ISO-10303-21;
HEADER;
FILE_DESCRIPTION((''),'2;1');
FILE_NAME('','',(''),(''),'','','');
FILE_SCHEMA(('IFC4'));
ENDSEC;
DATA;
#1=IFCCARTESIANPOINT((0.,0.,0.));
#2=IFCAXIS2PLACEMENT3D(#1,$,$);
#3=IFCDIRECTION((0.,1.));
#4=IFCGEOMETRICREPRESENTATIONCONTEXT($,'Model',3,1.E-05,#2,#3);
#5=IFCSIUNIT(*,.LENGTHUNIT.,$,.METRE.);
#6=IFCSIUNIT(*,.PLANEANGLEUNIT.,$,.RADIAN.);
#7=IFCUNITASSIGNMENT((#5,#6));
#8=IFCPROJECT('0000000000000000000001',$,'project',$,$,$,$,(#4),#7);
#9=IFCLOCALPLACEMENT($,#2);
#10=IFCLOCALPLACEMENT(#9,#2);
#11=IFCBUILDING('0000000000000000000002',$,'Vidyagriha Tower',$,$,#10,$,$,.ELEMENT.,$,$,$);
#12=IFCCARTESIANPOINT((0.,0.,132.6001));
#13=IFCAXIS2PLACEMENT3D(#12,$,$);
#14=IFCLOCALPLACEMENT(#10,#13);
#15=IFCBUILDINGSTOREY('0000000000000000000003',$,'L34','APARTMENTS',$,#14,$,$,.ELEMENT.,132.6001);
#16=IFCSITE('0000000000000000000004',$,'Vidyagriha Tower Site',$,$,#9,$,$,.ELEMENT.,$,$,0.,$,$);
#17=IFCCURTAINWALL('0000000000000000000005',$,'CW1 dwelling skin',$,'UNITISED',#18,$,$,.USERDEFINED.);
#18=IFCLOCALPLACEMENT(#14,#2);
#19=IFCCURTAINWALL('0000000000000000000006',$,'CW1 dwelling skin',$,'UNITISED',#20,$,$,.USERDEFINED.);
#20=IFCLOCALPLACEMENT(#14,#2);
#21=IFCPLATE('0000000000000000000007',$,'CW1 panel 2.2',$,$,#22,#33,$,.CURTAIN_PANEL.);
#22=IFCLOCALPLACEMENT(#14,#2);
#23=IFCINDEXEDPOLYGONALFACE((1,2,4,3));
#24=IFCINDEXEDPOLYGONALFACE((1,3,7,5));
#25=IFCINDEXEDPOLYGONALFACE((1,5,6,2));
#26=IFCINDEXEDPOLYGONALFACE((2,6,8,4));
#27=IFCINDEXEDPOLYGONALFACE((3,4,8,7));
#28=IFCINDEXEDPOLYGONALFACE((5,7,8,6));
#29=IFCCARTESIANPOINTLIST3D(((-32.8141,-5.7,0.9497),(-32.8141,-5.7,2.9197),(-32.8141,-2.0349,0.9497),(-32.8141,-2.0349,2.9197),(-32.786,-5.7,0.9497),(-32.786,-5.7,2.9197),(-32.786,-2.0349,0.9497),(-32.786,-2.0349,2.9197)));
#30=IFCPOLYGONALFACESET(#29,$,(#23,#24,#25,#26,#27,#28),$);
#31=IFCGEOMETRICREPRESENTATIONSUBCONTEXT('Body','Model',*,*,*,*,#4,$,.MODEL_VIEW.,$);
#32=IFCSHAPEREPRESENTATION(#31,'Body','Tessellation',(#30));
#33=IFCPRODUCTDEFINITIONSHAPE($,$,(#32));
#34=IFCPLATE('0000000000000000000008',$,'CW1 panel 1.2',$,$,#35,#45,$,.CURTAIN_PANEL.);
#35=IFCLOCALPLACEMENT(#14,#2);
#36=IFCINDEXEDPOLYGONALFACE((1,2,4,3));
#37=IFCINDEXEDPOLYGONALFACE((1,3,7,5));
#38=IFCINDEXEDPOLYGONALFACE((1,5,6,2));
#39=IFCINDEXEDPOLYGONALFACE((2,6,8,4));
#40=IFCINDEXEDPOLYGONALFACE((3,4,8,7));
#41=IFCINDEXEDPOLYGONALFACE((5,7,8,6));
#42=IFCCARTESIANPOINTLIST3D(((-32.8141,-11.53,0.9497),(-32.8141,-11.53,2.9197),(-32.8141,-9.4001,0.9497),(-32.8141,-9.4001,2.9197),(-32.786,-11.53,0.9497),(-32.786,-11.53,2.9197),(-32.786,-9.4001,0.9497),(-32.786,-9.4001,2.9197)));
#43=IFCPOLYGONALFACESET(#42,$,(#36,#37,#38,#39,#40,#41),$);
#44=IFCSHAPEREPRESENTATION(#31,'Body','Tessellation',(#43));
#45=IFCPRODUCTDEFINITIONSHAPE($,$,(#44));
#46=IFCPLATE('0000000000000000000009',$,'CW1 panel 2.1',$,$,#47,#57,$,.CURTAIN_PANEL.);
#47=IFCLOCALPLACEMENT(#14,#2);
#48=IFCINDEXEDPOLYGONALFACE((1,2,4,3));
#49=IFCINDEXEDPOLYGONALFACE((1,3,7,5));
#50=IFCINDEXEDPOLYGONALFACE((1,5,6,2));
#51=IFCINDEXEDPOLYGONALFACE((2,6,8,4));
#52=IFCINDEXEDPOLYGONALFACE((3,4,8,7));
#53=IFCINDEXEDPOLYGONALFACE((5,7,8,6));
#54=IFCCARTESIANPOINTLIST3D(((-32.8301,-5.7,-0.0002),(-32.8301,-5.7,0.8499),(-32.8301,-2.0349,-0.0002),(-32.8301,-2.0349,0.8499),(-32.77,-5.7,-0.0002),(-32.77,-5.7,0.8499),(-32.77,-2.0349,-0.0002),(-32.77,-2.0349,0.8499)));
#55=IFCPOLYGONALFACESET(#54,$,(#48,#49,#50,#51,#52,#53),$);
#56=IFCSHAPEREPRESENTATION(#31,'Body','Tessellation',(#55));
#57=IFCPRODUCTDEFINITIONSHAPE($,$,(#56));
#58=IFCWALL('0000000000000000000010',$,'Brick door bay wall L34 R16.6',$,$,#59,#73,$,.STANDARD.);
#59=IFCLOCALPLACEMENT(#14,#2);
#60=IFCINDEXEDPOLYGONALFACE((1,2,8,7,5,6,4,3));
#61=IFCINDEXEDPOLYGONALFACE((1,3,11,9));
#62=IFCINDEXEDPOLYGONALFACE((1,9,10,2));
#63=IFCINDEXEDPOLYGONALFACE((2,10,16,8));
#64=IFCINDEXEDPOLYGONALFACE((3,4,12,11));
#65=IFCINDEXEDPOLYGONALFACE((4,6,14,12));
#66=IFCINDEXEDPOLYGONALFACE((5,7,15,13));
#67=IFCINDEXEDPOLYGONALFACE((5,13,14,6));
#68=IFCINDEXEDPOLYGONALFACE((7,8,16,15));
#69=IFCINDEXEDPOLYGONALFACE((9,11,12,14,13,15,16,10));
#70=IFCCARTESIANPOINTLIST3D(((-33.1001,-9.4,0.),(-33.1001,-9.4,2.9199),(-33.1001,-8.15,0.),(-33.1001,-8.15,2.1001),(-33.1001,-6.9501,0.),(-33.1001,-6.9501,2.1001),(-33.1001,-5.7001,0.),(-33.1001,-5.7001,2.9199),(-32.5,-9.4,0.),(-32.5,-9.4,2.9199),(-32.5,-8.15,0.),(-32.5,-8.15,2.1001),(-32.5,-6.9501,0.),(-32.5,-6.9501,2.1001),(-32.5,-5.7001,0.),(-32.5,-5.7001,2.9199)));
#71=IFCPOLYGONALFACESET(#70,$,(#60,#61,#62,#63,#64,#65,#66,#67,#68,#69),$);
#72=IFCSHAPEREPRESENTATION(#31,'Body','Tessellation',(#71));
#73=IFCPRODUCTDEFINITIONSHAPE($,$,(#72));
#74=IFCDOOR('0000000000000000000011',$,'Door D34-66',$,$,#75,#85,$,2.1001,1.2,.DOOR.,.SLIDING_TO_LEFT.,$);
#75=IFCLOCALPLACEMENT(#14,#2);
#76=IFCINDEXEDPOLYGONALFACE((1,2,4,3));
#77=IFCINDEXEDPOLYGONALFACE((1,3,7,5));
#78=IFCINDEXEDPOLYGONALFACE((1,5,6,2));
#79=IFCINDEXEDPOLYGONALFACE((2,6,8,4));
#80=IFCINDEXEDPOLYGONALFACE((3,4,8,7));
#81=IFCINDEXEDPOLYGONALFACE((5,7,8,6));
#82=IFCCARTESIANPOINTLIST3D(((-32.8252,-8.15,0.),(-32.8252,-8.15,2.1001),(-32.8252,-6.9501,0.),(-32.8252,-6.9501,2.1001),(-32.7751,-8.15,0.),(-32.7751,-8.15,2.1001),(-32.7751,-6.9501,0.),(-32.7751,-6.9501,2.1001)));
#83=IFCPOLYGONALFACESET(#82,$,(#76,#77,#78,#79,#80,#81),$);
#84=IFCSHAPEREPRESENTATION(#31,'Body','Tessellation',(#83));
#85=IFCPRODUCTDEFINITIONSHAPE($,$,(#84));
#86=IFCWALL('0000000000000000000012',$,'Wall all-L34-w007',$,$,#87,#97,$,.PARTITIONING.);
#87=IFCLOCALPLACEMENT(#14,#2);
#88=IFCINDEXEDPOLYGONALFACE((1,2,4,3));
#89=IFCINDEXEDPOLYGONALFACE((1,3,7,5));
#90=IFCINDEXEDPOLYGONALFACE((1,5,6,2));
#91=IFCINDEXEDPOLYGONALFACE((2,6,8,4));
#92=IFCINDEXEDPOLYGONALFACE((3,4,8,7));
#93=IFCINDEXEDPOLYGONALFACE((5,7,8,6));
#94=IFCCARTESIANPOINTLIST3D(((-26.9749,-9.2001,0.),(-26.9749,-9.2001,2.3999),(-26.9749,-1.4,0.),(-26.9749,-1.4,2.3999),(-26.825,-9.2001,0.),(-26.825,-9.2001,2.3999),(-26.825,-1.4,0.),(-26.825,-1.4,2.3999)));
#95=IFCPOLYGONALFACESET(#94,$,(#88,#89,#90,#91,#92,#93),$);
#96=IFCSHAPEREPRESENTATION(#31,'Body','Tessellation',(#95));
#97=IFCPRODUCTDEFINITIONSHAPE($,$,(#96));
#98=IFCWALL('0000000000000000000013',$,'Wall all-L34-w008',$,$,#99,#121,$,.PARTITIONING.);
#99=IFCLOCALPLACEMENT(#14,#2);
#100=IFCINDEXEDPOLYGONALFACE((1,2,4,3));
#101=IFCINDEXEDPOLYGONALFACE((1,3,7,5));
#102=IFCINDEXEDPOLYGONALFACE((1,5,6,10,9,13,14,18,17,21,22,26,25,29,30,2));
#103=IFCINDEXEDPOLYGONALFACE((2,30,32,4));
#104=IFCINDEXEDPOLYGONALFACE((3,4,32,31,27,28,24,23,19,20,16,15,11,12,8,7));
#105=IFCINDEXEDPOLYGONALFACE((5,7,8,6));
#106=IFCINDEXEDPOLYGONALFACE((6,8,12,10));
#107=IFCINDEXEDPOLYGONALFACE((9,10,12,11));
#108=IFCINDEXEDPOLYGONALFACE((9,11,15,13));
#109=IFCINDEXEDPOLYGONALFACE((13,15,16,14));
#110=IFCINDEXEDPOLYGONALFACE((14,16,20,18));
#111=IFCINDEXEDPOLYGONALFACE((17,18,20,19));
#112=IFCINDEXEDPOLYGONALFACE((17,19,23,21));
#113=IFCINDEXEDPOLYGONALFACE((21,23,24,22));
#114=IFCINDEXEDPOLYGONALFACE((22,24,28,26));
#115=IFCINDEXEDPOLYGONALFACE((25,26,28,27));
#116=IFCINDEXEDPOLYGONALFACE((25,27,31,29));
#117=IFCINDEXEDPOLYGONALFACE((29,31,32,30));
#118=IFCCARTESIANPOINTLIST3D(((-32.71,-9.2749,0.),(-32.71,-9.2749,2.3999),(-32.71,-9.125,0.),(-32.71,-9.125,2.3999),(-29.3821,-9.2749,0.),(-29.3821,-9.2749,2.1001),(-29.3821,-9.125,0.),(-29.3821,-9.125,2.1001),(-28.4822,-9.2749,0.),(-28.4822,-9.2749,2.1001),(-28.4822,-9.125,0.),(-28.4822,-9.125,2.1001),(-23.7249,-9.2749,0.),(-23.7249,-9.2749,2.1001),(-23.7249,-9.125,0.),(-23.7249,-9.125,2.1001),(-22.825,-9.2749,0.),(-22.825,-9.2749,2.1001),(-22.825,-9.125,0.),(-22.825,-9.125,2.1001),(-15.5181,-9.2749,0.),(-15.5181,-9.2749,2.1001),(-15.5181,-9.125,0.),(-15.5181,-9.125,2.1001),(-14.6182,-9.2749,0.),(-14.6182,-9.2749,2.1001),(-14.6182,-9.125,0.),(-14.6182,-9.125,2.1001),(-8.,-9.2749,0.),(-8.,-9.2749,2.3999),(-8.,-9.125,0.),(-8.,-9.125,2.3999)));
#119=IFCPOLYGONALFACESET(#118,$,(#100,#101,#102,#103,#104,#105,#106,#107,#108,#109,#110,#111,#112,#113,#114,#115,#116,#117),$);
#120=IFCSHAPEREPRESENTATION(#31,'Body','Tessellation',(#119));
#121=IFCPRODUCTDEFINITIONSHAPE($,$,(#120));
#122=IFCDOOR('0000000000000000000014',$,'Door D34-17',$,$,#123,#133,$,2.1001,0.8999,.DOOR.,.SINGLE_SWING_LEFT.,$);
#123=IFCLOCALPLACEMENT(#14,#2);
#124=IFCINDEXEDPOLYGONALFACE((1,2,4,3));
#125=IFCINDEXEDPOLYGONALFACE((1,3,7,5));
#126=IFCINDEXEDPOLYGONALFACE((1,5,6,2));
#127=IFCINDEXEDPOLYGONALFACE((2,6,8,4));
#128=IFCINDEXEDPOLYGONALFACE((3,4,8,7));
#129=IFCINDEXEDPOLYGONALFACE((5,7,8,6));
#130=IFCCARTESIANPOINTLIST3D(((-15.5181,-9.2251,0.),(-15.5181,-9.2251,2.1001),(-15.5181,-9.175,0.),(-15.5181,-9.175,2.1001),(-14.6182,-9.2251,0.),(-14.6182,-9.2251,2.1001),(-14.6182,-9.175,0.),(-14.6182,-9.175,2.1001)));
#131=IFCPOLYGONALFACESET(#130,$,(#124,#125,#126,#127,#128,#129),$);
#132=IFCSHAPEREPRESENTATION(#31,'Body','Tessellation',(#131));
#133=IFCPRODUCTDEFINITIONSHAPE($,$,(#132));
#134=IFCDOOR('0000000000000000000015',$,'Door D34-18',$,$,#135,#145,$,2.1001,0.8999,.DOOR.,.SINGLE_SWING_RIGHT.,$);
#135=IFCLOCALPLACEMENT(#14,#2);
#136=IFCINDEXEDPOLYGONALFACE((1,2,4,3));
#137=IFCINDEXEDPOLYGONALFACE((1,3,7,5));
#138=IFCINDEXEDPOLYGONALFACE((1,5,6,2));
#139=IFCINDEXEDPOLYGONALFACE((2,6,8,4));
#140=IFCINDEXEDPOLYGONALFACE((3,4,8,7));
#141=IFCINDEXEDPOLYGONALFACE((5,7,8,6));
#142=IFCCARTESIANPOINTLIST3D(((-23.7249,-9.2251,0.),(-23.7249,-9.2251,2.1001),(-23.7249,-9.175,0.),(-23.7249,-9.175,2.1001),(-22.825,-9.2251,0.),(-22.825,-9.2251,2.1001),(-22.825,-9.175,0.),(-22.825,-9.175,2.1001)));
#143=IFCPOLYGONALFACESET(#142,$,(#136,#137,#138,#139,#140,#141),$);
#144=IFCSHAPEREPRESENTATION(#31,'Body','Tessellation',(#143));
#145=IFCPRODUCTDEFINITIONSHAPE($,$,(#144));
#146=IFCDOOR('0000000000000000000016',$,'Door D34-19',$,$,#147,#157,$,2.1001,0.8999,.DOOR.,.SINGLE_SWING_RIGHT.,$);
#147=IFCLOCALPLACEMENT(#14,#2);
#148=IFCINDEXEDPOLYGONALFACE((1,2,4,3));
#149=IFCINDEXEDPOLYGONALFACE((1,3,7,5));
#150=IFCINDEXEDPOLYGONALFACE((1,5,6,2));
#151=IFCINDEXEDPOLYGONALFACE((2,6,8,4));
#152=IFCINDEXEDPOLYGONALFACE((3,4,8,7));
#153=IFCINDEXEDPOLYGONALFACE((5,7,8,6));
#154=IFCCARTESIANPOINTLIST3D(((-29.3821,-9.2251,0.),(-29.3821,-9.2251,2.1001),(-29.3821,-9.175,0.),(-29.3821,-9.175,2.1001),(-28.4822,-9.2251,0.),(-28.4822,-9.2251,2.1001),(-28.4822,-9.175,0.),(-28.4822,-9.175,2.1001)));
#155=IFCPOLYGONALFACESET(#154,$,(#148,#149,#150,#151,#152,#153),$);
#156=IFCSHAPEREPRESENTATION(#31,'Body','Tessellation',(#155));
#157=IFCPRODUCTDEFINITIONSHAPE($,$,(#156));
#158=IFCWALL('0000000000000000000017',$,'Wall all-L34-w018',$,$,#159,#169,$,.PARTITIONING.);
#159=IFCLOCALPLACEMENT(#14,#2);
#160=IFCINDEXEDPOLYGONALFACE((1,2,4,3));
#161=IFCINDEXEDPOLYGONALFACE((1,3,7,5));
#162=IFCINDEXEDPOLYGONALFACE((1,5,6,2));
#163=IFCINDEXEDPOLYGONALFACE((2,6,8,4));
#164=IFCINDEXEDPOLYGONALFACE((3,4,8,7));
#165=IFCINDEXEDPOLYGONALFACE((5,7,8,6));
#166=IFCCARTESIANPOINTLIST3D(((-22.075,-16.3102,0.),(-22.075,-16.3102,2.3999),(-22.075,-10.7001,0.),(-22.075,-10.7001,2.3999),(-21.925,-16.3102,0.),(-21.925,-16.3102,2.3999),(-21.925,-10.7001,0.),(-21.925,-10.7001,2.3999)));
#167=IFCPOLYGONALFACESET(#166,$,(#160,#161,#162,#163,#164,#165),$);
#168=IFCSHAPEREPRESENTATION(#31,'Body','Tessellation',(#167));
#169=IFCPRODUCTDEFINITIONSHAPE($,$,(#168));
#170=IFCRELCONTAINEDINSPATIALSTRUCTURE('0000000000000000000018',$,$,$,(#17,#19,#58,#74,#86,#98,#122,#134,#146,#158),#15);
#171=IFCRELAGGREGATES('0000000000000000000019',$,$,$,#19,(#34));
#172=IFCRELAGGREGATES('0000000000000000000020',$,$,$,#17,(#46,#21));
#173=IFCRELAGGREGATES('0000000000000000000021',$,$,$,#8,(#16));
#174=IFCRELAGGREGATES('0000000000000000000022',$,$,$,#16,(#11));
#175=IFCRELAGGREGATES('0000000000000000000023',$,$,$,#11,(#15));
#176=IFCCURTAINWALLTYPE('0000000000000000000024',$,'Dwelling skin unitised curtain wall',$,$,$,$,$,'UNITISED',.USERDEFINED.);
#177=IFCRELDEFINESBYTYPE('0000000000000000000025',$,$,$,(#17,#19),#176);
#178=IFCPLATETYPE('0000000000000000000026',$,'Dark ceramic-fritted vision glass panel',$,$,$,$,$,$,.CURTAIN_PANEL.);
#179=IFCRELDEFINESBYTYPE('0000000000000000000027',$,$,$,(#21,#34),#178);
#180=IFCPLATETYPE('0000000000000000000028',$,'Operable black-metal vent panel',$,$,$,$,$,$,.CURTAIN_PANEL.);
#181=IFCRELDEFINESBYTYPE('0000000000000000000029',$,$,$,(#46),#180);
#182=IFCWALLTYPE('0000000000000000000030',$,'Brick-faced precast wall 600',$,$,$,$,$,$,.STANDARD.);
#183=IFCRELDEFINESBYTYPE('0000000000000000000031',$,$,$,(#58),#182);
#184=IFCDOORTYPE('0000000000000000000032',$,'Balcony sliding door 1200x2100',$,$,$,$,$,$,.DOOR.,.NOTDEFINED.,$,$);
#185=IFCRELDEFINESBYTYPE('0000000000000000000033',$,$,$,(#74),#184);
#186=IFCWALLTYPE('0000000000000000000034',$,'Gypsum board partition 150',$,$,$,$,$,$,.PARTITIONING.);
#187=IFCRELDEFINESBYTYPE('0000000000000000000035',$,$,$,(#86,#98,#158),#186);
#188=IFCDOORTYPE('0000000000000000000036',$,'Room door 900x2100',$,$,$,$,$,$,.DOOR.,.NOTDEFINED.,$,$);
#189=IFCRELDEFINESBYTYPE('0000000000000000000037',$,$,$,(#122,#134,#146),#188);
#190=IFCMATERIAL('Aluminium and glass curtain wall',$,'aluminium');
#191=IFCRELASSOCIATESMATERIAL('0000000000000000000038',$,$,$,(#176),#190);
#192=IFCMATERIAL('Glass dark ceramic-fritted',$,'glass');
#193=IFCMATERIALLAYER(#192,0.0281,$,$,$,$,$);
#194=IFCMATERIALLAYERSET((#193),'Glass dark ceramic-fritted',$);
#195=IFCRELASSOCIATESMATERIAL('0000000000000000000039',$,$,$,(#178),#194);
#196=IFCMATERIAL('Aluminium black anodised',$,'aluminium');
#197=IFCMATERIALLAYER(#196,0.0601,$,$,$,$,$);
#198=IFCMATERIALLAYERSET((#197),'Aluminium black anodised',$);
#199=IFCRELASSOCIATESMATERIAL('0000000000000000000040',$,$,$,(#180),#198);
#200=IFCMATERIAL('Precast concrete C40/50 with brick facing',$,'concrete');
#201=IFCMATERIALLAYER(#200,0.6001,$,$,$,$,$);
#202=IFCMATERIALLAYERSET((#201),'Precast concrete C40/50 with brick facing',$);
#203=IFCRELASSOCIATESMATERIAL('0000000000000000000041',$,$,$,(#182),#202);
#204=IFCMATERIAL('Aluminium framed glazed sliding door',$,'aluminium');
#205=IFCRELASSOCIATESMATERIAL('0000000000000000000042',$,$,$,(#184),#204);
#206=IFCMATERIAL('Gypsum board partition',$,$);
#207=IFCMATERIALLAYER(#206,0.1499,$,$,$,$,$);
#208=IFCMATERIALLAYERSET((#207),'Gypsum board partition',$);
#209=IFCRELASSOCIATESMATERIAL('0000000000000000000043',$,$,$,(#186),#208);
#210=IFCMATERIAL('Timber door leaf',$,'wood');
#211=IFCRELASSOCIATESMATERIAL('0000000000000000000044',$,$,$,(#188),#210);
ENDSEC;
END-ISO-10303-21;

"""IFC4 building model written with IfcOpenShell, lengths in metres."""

from ifc_helpers import new_model, si_unit, direction, frame, frame_2d, origin, origin_2d, place, context, subcontext, project, spatial, rectangle, extrude, material, layer, layer_set, type_object, element, fill, aggregate, save


model = new_model("IFC4")

# Units and contexts
model_context = context("Model", 3, precision=1e-05, world=origin(), true_north=direction((0.0, 1.0)))
body_context = subcontext(model_context, "Body", "Model", "MODEL_VIEW")
ifc_project = project(units=[si_unit("LENGTHUNIT", "METRE"), si_unit("PLANEANGLEUNIT", "RADIAN")], contexts=[model_context])

# Site, building, storey
site_placement = place(None, origin())
site = spatial("IfcSite", under=ifc_project, at=site_placement, Name="Vidyagriha Tower Site", CompositionType="ELEMENT", RefElevation=0.0)
building_placement = place(site_placement, origin())
building = spatial("IfcBuilding", under=site, at=building_placement, Name="Vidyagriha Tower", CompositionType="ELEMENT")
storey_placement = place(building_placement, frame((0.0, 0.0, 132.6001)))
storey = spatial("IfcBuildingStorey", under=building, at=storey_placement, Name="L34", Description="APARTMENTS", CompositionType="ELEMENT", Elevation=132.6001)

# Curtain walls
ifc_material_1 = material(Name="Aluminium and glass curtain wall", Category="aluminium")
curtain_wall_type = type_object("IfcCurtainWallType", Name="Dwelling skin unitised curtain wall", ElementType="UNITISED", PredefinedType="USERDEFINED", material=ifc_material_1)
curtain_wall_1_placement = place(storey_placement, origin())
curtain_wall_1 = element("IfcCurtainWall", 1, at=curtain_wall_1_placement, inside=storey, type_object=curtain_wall_type, Name="CW1 dwelling skin", ObjectType="UNITISED", PredefinedType="USERDEFINED")
curtain_wall_2_placement = place(storey_placement, origin())
curtain_wall_2 = element("IfcCurtainWall", 2, at=curtain_wall_2_placement, inside=storey, type_object=curtain_wall_type, Name="CW1 dwelling skin", ObjectType="UNITISED", PredefinedType="USERDEFINED")

# Plates
ifc_material_2 = material(Name="Glass dark ceramic-fritted", Category="glass")
ifc_layer_1 = layer(ifc_material_2, 0.0281)
ifc_layer_set_1 = layer_set([ifc_layer_1], Name="Glass dark ceramic-fritted")
plate_type_1 = type_object("IfcPlateType", Name="Dark ceramic-fritted vision glass panel", PredefinedType="CURTAIN_PANEL", material=ifc_layer_set_1)
plate_1_placement = place(storey_placement, frame((-32.8, -3.8674, 0.9497), z_axis=(0.0, 0.0, 1.0), x_axis=(0.0, -1.0, 0.0)))
plate_1 = element("IfcPlate", 3, at=plate_1_placement, type_object=plate_type_1, Name="CW1 panel 2.2", PredefinedType="CURTAIN_PANEL", context=body_context, shape_type="SweptSolid", body=[
    extrude(rectangle(XDim=3.665, YDim=0.0281, at=origin_2d()), origin(), (0.0, 0.0, 1.0), 1.97),
])
plate_2_placement = place(storey_placement, frame((-32.8, -10.4651, 0.9497), z_axis=(0.0, 0.0, 1.0), x_axis=(0.0, -1.0, 0.0)))
plate_2 = element("IfcPlate", 4, at=plate_2_placement, type_object=plate_type_1, Name="CW1 panel 1.2", PredefinedType="CURTAIN_PANEL", context=body_context, shape_type="SweptSolid", body=[
    extrude(rectangle(XDim=2.1299, YDim=0.0281, at=origin_2d()), origin(), (0.0, 0.0, 1.0), 1.97),
])
aggregate(curtain_wall_2, [plate_2])
ifc_material_3 = material(Name="Aluminium black anodised", Category="aluminium")
ifc_layer_2 = layer(ifc_material_3, 0.0601)
ifc_layer_set_2 = layer_set([ifc_layer_2], Name="Aluminium black anodised")
plate_type_2 = type_object("IfcPlateType", Name="Operable black-metal vent panel", PredefinedType="CURTAIN_PANEL", material=ifc_layer_set_2)
plate_3_placement = place(storey_placement, frame((-32.8, -3.8674, -0.0002), z_axis=(0.0, 0.0, 1.0), x_axis=(0.0, -1.0, 0.0)))
plate_3 = element("IfcPlate", 5, at=plate_3_placement, type_object=plate_type_2, Name="CW1 panel 2.1", PredefinedType="CURTAIN_PANEL", context=body_context, shape_type="SweptSolid", body=[
    extrude(rectangle(XDim=3.665, YDim=0.0601, at=origin_2d()), origin(), (0.0, 0.0, 1.0), 0.8501),
])
aggregate(curtain_wall_1, [plate_3, plate_1])

# Wall, opening, door
ifc_material_4 = material(Name="Precast concrete C40/50 with brick facing", Category="concrete")
ifc_layer_3 = layer(ifc_material_4, 0.6001)
ifc_layer_set_3 = layer_set([ifc_layer_3], Name="Precast concrete C40/50 with brick facing")
wall_type_1 = type_object("IfcWallType", Name="Brick-faced precast wall 600", PredefinedType="STANDARD", material=ifc_layer_set_3)
wall_1_placement = place(storey_placement, frame((-32.8, -5.7, 0.0), z_axis=(0.0, 0.0, 1.0), x_axis=(0.0, -1.0, 0.0)))
wall_1 = element("IfcWall", 6, at=wall_1_placement, inside=storey, type_object=wall_type_1, Name="Brick door bay wall L34 R16.6", PredefinedType="STANDARD", context=body_context, shape_type="SweptSolid", body=[
    extrude(rectangle(XDim=3.7, YDim=0.6001, at=frame_2d((1.8501, 0.0))), origin(), (0.0, 0.0, 1.0), 2.9199),
])
opening_1_placement = place(wall_1_placement, frame((1.25, 0.0, 0.0)))
opening_1 = element("IfcOpeningElement", 7, at=opening_1_placement, cuts=wall_1, PredefinedType="OPENING", context=body_context, shape_type="SweptSolid", body=[
    extrude(rectangle(XDim=1.2, YDim=2.1001, at=frame_2d((0.6001, 1.05))), frame((0.0, 0.3101, 0.0), z_axis=(0.0, -1.0, 0.0), x_axis=(1.0, 0.0, 0.0)), (0.0, 0.0, 1.0), 0.6201),
])
ifc_material_5 = material(Name="Aluminium framed glazed sliding door", Category="aluminium")
door_type_1 = type_object("IfcDoorType", Name="Balcony sliding door 1200x2100", OperationType="NOTDEFINED", PredefinedType="DOOR", material=ifc_material_5)
door_1_placement = place(opening_1_placement, origin())
door_1 = element("IfcDoor", 8, at=door_1_placement, inside=storey, type_object=door_type_1, Name="Door D34-66", OperationType="SLIDING_TO_LEFT", OverallHeight=2.1001, OverallWidth=1.2, PredefinedType="DOOR", context=body_context, shape_type="SweptSolid", body=[
    extrude(rectangle(XDim=1.2, YDim=2.1001, at=frame_2d((0.6001, 1.05))), frame((0.0, 0.0249, 0.0), z_axis=(0.0, -1.0, 0.0), x_axis=(1.0, 0.0, 0.0)), (0.0, 0.0, 1.0), 0.05),
])
fill(opening_1, door_1)

# Wall
ifc_material_6 = material(Name="Gypsum board partition")
ifc_layer_4 = layer(ifc_material_6, 0.1499)
ifc_layer_set_4 = layer_set([ifc_layer_4], Name="Gypsum board partition")
wall_type_2 = type_object("IfcWallType", Name="Gypsum board partition 150", PredefinedType="PARTITIONING", material=ifc_layer_set_4)
wall_2_placement = place(storey_placement, frame((-26.8999, -9.2, 0.0), z_axis=(0.0, 0.0, 1.0), x_axis=(0.0, 1.0, 0.0)))
element("IfcWall", 9, at=wall_2_placement, inside=storey, type_object=wall_type_2, Name="Wall all-L34-w007", PredefinedType="PARTITIONING", context=body_context, shape_type="SweptSolid", body=[
    extrude(rectangle(XDim=7.8, YDim=0.1499, at=frame_2d((3.8999, 0.0))), origin(), (0.0, 0.0, 1.0), 2.3999),
])

# Wall, openings, doors
wall_3_placement = place(storey_placement, frame((-32.71, -9.2, 0.0)))
wall_3 = element("IfcWall", 10, at=wall_3_placement, inside=storey, type_object=wall_type_2, Name="Wall all-L34-w008", PredefinedType="PARTITIONING", context=body_context, shape_type="SweptSolid", body=[
    extrude(rectangle(XDim=24.71, YDim=0.1499, at=frame_2d((12.355, 0.0))), origin(), (0.0, 0.0, 1.0), 2.3999),
])
opening_2_placement = place(wall_3_placement, frame((17.1919, 0.0, 0.0)))
opening_2 = element("IfcOpeningElement", 11, at=opening_2_placement, cuts=wall_3, PredefinedType="OPENING", context=body_context, shape_type="SweptSolid", body=[
    extrude(rectangle(XDim=0.8999, YDim=2.1001, at=frame_2d((0.45, 1.05))), frame((0.0, 0.085, 0.0), z_axis=(0.0, -1.0, 0.0), x_axis=(1.0, 0.0, 0.0)), (0.0, 0.0, 1.0), 0.1699),
])
opening_3_placement = place(wall_3_placement, frame((8.9851, 0.0, 0.0)))
opening_3 = element("IfcOpeningElement", 12, at=opening_3_placement, cuts=wall_3, PredefinedType="OPENING", context=body_context, shape_type="SweptSolid", body=[
    extrude(rectangle(XDim=0.8999, YDim=2.1001, at=frame_2d((0.45, 1.05))), frame((0.0, 0.085, 0.0), z_axis=(0.0, -1.0, 0.0), x_axis=(1.0, 0.0, 0.0)), (0.0, 0.0, 1.0), 0.1699),
])
opening_4_placement = place(wall_3_placement, frame((3.3279, 0.0, 0.0)))
opening_4 = element("IfcOpeningElement", 13, at=opening_4_placement, cuts=wall_3, PredefinedType="OPENING", context=body_context, shape_type="SweptSolid", body=[
    extrude(rectangle(XDim=0.8999, YDim=2.1001, at=frame_2d((0.45, 1.05))), frame((0.0, 0.085, 0.0), z_axis=(0.0, -1.0, 0.0), x_axis=(1.0, 0.0, 0.0)), (0.0, 0.0, 1.0), 0.1699),
])
ifc_material_7 = material(Name="Timber door leaf", Category="wood")
door_type_2 = type_object("IfcDoorType", Name="Room door 900x2100", OperationType="NOTDEFINED", PredefinedType="DOOR", material=ifc_material_7)
door_2_placement = place(opening_2_placement, origin())
door_2 = element("IfcDoor", 14, at=door_2_placement, inside=storey, type_object=door_type_2, Name="Door D34-17", OperationType="SINGLE_SWING_LEFT", OverallHeight=2.1001, OverallWidth=0.8999, PredefinedType="DOOR", context=body_context, shape_type="SweptSolid", body=[
    extrude(rectangle(XDim=0.8999, YDim=2.1001, at=frame_2d((0.45, 1.05))), frame((0.0, 0.0249, 0.0), z_axis=(0.0, -1.0, 0.0), x_axis=(1.0, 0.0, 0.0)), (0.0, 0.0, 1.0), 0.05),
])
fill(opening_2, door_2)
door_3_placement = place(opening_3_placement, origin())
door_3 = element("IfcDoor", 15, at=door_3_placement, inside=storey, type_object=door_type_2, Name="Door D34-18", OperationType="SINGLE_SWING_RIGHT", OverallHeight=2.1001, OverallWidth=0.8999, PredefinedType="DOOR", context=body_context, shape_type="SweptSolid", body=[
    extrude(rectangle(XDim=0.8999, YDim=2.1001, at=frame_2d((0.45, 1.05))), frame((0.0, 0.0249, 0.0), z_axis=(0.0, -1.0, 0.0), x_axis=(1.0, 0.0, 0.0)), (0.0, 0.0, 1.0), 0.05),
])
fill(opening_3, door_3)
door_4_placement = place(opening_4_placement, origin())
door_4 = element("IfcDoor", 16, at=door_4_placement, inside=storey, type_object=door_type_2, Name="Door D34-19", OperationType="SINGLE_SWING_RIGHT", OverallHeight=2.1001, OverallWidth=0.8999, PredefinedType="DOOR", context=body_context, shape_type="SweptSolid", body=[
    extrude(rectangle(XDim=0.8999, YDim=2.1001, at=frame_2d((0.45, 1.05))), frame((0.0, 0.0249, 0.0), z_axis=(0.0, -1.0, 0.0), x_axis=(1.0, 0.0, 0.0)), (0.0, 0.0, 1.0), 0.05),
])
fill(opening_4, door_4)

# Wall
wall_4_placement = place(storey_placement, frame((-22.0, -10.7, 0.0), z_axis=(0.0, 0.0, 1.0), x_axis=(0.0, -1.0, 0.0)))
element("IfcWall", 17, at=wall_4_placement, inside=storey, type_object=wall_type_2, Name="Wall all-L34-w018", PredefinedType="PARTITIONING", context=body_context, shape_type="SweptSolid", body=[
    extrude(rectangle(XDim=5.6101, YDim=0.1499, at=frame_2d((2.8052, 0.0))), origin(), (0.0, 0.0, 1.0), 2.3999),
])

save(model, "model.ifc")
